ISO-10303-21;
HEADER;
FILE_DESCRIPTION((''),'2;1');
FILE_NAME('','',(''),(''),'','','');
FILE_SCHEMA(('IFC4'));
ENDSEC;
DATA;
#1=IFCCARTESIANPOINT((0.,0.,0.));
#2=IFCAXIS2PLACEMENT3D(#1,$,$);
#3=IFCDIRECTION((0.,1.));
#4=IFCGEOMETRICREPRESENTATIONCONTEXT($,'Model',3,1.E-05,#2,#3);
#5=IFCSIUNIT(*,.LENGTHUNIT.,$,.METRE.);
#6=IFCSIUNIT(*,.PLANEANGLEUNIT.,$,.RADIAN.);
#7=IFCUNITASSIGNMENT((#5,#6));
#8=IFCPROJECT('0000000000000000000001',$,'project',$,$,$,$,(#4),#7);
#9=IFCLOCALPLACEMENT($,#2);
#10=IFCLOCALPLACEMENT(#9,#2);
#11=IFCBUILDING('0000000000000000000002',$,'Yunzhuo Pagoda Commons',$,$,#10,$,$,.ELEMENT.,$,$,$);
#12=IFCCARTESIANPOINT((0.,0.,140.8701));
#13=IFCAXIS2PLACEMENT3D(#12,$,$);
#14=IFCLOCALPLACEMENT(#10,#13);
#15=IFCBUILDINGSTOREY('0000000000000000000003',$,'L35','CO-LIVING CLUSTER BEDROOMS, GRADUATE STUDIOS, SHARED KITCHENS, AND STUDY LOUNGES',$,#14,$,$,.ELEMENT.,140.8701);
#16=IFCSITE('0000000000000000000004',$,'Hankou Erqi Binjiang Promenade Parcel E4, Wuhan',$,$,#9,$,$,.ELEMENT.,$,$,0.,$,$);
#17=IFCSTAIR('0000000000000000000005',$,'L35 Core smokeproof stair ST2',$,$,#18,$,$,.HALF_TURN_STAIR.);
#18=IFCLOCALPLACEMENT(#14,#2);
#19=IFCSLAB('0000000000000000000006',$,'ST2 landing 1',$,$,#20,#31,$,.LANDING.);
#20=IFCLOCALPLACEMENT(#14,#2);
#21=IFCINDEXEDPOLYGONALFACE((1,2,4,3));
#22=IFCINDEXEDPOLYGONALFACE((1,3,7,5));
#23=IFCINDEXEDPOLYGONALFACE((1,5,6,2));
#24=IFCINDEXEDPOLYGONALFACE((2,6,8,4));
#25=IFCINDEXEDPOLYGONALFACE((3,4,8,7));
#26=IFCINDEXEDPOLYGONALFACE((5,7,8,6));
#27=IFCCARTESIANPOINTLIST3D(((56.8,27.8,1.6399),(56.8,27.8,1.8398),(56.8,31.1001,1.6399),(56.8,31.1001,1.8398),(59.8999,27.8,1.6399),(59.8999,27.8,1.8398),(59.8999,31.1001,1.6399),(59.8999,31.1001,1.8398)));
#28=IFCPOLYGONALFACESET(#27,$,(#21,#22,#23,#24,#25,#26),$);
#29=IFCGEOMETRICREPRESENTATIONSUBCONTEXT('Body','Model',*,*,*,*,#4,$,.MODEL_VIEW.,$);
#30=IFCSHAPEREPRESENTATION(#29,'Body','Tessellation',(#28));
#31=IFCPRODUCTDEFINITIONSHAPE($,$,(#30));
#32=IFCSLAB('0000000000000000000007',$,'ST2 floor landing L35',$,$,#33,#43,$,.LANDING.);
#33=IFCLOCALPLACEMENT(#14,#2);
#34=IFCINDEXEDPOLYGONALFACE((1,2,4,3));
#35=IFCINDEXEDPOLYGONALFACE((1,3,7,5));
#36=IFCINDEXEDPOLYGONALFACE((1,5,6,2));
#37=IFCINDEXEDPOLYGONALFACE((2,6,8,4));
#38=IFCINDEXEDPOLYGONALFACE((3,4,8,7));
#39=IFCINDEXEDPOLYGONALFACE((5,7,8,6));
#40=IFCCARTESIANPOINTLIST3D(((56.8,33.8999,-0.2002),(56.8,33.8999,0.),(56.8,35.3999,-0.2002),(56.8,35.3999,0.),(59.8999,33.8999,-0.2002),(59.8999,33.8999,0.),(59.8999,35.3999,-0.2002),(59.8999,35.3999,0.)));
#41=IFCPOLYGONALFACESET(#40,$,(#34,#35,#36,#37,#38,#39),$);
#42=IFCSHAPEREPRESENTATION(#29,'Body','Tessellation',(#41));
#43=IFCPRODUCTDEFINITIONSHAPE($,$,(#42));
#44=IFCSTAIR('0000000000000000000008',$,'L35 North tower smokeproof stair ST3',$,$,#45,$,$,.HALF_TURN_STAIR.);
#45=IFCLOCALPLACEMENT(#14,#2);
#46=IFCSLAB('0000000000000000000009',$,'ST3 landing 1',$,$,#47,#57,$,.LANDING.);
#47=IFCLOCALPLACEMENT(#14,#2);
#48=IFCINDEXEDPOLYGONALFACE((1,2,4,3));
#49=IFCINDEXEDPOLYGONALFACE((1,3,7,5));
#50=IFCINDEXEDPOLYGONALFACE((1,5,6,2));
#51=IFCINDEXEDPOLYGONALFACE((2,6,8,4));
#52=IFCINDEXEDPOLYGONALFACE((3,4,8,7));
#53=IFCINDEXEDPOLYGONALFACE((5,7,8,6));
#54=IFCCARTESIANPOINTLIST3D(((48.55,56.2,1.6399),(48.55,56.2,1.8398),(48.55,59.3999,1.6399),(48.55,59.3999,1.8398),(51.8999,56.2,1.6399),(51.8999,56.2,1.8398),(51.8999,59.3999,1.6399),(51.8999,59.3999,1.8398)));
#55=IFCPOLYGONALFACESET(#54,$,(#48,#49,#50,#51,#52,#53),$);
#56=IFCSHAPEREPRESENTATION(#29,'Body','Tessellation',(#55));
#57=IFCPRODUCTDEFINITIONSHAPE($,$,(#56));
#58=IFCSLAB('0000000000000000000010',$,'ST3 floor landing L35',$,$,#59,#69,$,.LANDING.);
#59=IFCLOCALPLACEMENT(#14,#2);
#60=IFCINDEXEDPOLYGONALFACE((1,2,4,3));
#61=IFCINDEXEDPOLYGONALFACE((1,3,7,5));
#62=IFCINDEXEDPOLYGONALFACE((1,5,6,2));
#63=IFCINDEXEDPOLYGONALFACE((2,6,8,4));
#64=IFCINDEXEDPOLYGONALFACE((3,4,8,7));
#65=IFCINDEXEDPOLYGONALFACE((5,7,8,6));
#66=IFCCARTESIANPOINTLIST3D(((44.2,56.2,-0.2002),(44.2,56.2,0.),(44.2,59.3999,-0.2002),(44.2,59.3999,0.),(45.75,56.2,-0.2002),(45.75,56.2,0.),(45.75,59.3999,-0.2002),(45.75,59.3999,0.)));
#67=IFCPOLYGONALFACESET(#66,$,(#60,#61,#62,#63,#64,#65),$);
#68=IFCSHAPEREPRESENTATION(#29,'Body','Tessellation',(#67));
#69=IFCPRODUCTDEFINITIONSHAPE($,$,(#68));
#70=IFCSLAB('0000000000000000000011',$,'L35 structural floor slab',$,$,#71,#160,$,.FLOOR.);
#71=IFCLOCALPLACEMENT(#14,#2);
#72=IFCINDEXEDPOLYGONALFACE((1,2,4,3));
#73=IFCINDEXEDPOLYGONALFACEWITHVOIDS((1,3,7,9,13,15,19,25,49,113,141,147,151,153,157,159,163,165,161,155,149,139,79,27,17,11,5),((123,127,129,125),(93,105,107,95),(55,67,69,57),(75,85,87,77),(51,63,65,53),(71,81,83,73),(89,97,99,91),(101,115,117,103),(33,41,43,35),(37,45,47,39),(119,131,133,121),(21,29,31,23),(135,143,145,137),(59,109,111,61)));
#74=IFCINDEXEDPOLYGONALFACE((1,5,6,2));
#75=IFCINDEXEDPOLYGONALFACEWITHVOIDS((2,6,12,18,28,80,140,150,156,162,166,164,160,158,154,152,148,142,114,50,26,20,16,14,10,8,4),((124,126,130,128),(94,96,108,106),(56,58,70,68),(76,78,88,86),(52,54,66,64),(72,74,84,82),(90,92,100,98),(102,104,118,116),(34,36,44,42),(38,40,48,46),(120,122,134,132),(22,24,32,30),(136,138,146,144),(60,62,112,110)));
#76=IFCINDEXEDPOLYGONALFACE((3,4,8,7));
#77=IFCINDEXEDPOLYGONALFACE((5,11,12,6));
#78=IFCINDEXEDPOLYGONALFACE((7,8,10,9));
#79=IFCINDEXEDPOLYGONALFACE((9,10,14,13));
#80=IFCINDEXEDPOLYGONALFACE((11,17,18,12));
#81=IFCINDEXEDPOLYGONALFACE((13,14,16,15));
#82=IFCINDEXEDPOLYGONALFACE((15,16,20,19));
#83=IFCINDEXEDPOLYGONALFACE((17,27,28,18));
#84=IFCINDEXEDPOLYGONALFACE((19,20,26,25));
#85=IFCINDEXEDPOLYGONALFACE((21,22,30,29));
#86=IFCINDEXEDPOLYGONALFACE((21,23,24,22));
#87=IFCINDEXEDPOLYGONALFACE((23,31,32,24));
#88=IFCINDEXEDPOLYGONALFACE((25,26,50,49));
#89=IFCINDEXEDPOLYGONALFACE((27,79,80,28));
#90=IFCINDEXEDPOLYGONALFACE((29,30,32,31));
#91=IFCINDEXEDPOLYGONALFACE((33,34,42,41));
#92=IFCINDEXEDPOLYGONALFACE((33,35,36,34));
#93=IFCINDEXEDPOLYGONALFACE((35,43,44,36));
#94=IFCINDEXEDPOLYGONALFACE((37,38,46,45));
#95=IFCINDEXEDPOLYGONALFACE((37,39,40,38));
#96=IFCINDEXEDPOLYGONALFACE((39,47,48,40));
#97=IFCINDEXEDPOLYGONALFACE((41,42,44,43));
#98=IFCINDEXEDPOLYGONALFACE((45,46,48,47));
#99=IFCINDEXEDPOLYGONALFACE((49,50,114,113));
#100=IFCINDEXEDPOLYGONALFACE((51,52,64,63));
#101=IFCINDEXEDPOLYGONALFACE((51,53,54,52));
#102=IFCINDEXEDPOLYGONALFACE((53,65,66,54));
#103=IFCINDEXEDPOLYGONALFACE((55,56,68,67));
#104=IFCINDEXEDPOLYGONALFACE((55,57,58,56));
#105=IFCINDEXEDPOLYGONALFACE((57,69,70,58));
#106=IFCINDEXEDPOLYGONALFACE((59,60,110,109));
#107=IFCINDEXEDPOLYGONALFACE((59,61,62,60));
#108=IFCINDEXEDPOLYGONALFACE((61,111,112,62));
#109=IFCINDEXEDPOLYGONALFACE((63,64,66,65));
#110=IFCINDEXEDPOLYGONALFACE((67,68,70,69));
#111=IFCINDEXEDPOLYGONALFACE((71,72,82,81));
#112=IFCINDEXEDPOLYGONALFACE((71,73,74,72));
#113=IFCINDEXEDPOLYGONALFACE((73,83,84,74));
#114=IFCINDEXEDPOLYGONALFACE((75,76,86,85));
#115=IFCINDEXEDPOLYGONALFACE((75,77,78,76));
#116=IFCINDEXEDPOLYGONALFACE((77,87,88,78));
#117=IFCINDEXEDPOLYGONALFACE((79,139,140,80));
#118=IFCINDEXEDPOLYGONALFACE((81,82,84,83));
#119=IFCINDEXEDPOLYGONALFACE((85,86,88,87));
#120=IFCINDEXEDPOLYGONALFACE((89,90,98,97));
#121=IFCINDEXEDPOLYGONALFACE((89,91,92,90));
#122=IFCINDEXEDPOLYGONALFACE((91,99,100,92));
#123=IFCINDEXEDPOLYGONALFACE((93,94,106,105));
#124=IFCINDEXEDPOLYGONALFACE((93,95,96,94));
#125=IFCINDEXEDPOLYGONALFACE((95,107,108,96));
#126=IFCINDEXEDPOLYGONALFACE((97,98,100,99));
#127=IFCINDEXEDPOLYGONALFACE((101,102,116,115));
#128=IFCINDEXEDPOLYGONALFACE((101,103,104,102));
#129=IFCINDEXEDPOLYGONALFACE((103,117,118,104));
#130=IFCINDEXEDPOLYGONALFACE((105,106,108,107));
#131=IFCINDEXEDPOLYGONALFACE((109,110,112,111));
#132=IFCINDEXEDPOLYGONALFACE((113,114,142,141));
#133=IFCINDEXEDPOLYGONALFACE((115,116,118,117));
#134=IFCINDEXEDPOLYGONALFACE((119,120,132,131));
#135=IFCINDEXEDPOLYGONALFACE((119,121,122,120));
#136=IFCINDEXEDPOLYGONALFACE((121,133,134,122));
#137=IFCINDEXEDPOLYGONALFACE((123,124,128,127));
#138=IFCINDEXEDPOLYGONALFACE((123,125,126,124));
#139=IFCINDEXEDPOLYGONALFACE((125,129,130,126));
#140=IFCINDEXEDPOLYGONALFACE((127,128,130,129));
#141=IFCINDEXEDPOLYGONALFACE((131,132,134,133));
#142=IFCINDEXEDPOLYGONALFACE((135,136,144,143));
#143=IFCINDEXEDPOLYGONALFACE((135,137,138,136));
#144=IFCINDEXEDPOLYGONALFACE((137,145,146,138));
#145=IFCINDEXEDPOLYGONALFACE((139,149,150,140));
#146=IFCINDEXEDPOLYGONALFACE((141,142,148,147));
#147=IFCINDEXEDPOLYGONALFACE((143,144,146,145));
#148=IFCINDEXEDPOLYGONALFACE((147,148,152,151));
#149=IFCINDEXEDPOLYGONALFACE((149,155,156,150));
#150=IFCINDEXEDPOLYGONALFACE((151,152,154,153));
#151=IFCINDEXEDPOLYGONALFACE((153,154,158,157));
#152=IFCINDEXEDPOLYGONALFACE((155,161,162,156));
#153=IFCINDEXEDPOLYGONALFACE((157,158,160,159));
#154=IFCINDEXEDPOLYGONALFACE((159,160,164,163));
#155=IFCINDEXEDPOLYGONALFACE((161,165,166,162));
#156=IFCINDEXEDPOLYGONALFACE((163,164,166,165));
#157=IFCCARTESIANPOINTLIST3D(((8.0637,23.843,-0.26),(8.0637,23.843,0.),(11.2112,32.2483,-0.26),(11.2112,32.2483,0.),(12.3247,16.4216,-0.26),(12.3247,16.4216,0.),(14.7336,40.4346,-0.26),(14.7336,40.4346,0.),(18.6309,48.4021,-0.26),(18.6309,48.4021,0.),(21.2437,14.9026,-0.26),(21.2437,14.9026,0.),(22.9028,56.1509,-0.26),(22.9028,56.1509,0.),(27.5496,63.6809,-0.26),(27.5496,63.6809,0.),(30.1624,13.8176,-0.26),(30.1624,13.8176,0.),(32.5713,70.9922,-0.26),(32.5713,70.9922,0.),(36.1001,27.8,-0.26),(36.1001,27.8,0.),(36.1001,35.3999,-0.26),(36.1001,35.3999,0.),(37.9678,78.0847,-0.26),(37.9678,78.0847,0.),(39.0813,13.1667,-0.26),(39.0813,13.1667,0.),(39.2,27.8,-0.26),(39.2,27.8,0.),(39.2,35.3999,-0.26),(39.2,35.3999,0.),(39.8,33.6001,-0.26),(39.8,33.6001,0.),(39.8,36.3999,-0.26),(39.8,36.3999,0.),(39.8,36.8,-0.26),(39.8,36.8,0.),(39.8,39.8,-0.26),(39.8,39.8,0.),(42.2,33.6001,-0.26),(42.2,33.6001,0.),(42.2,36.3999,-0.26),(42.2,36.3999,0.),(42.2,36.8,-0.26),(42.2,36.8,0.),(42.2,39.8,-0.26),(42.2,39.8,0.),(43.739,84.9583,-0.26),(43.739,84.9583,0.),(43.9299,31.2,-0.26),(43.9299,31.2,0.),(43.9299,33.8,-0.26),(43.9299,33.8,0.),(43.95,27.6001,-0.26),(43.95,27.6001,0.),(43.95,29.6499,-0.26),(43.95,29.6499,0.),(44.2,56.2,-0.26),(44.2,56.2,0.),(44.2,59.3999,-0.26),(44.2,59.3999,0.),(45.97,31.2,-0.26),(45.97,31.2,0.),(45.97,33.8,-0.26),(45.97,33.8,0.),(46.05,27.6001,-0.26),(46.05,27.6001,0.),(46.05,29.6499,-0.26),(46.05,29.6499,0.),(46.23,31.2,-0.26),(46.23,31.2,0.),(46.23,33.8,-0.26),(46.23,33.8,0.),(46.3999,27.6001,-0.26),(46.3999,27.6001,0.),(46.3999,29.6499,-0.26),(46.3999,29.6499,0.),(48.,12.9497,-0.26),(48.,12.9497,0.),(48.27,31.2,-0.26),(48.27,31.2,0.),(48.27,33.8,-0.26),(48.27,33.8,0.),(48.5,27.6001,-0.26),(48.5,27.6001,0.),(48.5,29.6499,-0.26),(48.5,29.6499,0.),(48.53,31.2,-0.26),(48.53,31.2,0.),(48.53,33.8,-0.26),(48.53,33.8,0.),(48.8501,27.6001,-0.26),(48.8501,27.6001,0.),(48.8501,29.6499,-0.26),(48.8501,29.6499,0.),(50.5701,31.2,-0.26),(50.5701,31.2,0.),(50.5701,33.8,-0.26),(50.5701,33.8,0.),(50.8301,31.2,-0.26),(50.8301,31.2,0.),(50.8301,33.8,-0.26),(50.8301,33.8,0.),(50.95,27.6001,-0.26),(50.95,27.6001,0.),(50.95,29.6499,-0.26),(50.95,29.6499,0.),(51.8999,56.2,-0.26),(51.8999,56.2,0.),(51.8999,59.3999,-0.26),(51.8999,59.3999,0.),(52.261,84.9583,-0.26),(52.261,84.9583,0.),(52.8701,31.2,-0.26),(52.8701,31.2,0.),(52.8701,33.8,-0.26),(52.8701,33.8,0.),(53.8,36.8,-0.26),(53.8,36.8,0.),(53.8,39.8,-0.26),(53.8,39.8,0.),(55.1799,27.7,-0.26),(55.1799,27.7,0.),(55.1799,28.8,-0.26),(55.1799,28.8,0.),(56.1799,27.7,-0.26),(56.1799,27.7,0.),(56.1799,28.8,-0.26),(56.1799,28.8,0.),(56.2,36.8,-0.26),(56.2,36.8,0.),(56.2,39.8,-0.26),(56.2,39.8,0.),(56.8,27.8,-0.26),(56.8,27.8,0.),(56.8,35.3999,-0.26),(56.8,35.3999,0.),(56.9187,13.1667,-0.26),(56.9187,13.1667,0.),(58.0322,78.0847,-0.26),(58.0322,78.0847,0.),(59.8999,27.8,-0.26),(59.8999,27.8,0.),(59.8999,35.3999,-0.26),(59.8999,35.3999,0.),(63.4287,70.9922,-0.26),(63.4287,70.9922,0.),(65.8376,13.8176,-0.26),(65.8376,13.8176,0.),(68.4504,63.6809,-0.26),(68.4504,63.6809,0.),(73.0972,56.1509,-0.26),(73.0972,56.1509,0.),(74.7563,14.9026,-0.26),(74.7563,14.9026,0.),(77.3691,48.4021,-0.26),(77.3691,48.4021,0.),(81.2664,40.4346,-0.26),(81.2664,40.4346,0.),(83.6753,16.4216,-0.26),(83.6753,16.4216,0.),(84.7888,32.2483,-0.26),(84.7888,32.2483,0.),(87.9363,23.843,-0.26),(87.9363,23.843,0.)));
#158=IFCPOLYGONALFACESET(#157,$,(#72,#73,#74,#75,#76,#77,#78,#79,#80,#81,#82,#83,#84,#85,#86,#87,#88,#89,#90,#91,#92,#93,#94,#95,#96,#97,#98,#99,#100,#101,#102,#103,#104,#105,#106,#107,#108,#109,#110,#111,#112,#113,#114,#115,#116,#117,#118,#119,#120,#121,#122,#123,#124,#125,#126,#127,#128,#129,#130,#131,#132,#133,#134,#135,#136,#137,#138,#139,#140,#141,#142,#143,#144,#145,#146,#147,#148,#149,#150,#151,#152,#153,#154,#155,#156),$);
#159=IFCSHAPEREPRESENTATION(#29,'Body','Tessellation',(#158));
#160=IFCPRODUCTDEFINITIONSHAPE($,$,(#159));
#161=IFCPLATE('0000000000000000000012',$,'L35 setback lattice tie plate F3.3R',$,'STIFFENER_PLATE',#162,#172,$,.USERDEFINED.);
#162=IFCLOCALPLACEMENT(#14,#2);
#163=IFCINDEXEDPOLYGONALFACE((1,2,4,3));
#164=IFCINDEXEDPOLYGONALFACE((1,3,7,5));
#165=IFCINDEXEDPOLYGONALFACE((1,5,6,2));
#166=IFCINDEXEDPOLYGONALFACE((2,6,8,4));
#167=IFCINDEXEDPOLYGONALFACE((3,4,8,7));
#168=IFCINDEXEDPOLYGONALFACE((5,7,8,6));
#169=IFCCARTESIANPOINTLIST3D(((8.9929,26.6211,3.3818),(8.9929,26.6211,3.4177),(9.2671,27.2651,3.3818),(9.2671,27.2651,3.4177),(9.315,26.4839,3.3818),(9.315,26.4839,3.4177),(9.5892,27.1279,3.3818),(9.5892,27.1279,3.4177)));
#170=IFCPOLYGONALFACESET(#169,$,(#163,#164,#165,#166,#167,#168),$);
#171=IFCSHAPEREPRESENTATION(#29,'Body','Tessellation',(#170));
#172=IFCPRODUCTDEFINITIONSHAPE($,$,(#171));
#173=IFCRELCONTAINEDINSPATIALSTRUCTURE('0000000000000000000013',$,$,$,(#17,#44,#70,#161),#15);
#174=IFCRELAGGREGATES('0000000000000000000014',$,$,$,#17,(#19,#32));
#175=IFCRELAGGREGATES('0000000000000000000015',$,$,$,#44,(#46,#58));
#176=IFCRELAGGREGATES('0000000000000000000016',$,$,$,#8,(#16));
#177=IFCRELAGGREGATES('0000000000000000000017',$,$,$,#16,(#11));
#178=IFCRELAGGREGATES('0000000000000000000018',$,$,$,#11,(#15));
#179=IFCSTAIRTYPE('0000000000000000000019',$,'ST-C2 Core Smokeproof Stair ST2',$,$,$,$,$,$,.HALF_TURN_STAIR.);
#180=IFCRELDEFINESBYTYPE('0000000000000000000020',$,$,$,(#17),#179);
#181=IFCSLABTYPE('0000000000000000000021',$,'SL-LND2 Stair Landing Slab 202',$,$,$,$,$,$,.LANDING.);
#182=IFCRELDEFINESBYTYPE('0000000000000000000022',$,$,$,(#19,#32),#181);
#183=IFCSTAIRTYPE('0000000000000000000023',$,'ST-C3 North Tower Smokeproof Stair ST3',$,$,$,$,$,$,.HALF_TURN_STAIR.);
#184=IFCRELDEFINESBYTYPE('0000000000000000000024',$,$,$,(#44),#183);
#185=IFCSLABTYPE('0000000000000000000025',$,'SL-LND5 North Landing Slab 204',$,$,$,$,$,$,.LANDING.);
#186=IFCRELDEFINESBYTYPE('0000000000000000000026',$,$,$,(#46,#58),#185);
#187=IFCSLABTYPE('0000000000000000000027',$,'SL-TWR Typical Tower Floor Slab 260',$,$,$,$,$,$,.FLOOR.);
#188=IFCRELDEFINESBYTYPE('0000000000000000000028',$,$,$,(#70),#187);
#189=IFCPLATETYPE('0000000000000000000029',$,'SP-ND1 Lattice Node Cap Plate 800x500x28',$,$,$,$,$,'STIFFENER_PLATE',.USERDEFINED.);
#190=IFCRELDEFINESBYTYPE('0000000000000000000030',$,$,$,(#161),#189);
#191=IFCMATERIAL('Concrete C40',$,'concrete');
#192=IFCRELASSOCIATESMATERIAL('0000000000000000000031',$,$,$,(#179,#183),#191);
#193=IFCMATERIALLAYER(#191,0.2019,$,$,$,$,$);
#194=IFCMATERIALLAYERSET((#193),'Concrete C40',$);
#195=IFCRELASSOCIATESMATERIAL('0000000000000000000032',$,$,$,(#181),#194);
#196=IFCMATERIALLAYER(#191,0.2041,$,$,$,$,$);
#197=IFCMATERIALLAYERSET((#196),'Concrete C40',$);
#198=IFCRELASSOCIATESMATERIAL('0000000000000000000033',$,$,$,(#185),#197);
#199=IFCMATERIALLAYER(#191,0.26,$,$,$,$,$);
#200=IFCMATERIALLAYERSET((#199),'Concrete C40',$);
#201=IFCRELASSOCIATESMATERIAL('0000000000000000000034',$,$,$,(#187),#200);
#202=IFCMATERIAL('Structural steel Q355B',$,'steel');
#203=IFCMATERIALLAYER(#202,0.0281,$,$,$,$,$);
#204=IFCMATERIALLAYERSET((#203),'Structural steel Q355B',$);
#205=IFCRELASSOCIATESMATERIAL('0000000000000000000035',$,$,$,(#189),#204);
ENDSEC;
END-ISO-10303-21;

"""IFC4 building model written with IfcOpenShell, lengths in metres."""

from ifc_helpers import new_model, si_unit, direction, frame, origin, origin_2d, place, context, subcontext, project, spatial, polyline, rectangle, outline, extrude, source, transform, mapped, material, layer, layer_set, type_object, element, aggregate, save


model = new_model("IFC4")

# Units and contexts
model_context = context("Model", 3, precision=1e-05, world=origin(), true_north=direction((0.0, 1.0)))
body_context = subcontext(model_context, "Body", "Model", "MODEL_VIEW")
ifc_project = project(units=[si_unit("LENGTHUNIT", "METRE"), si_unit("PLANEANGLEUNIT", "RADIAN")], contexts=[model_context])

# Site, building, storey
site_placement = place(None, origin())
site = spatial("IfcSite", under=ifc_project, at=site_placement, Name="Hankou Erqi Binjiang Promenade Parcel E4, Wuhan", CompositionType="ELEMENT", RefElevation=0.0)
building_placement = place(site_placement, origin())
building = spatial("IfcBuilding", under=site, at=building_placement, Name="Yunzhuo Pagoda Commons", CompositionType="ELEMENT")
storey_placement = place(building_placement, frame((0.0, 0.0, 140.8701)))
storey = spatial("IfcBuildingStorey", under=building, at=storey_placement, Name="L35", Description="CO-LIVING CLUSTER BEDROOMS, GRADUATE STUDIOS, SHARED KITCHENS, AND STUDY LOUNGES", CompositionType="ELEMENT", Elevation=140.8701)

# Shared definitions
ifc_material_1 = material(Name="Structural steel Q355B", Category="steel")

# Shared definitions
ifc_material_2 = material(Name="Concrete C40", Category="concrete")

# Stairs, slabs
stair_type_1 = type_object("IfcStairType", Name="ST-C2 Core Smokeproof Stair ST2", PredefinedType="HALF_TURN_STAIR", material=ifc_material_2)
stair_1_placement = place(storey_placement, origin())
stair_1 = element("IfcStair", 1, at=stair_1_placement, inside=storey, type_object=stair_type_1, Name="L35 Core smokeproof stair ST2", PredefinedType="HALF_TURN_STAIR")
ifc_layer_1 = layer(ifc_material_2, 0.2019)
ifc_layer_set_1 = layer_set([ifc_layer_1], Name="Concrete C40")
slab_type_1 = type_object("IfcSlabType", Name="SL-LND2 Stair Landing Slab 202", PredefinedType="LANDING", material=ifc_layer_set_1)
slab_1_placement = place(storey_placement, frame((0.0, 0.0, 1.6399)))
slab_1 = element("IfcSlab", 2, at=slab_1_placement, type_object=slab_type_1, Name="ST2 landing 1", PredefinedType="LANDING", context=body_context, shape_type="SweptSolid", body=[
    extrude(outline(polyline([(56.8, 31.1001), (56.8, 27.8), (59.8999, 27.8), (59.8999, 31.1001), (56.8, 31.1001)])), origin(), (0.0, 0.0, 1.0), 0.2),
])
slab_2_placement = place(storey_placement, frame((0.0, 0.0, -0.2002)))
slab_2 = element("IfcSlab", 3, at=slab_2_placement, type_object=slab_type_1, Name="ST2 floor landing L35", PredefinedType="LANDING", context=body_context, shape_type="SweptSolid", body=[
    extrude(outline(polyline([(56.8, 35.3999), (56.8, 33.8999), (59.8999, 33.8999), (59.8999, 35.3999), (56.8, 35.3999)])), origin(), (0.0, 0.0, 1.0), 0.2002),
])
aggregate(stair_1, [slab_1, slab_2])
stair_type_2 = type_object("IfcStairType", Name="ST-C3 North Tower Smokeproof Stair ST3", PredefinedType="HALF_TURN_STAIR", material=ifc_material_2)
stair_2_placement = place(storey_placement, origin())
stair_2 = element("IfcStair", 4, at=stair_2_placement, inside=storey, type_object=stair_type_2, Name="L35 North tower smokeproof stair ST3", PredefinedType="HALF_TURN_STAIR")
ifc_layer_2 = layer(ifc_material_2, 0.2041)
ifc_layer_set_2 = layer_set([ifc_layer_2], Name="Concrete C40")
slab_type_2 = type_object("IfcSlabType", Name="SL-LND5 North Landing Slab 204", PredefinedType="LANDING", material=ifc_layer_set_2)
slab_3_placement = place(storey_placement, frame((0.0, 0.0, 1.6399)))
slab_3 = element("IfcSlab", 5, at=slab_3_placement, type_object=slab_type_2, Name="ST3 landing 1", PredefinedType="LANDING", context=body_context, shape_type="SweptSolid", body=[
    extrude(outline(polyline([(48.55, 56.2), (51.8999, 56.2), (51.8999, 59.3999), (48.55, 59.3999), (48.55, 56.2)])), origin(), (0.0, 0.0, 1.0), 0.2),
])
slab_4_placement = place(storey_placement, frame((0.0, 0.0, -0.2002)))
slab_4 = element("IfcSlab", 6, at=slab_4_placement, type_object=slab_type_2, Name="ST3 floor landing L35", PredefinedType="LANDING", context=body_context, shape_type="SweptSolid", body=[
    extrude(outline(polyline([(44.2, 56.2), (45.75, 56.2), (45.75, 59.3999), (44.2, 59.3999), (44.2, 56.2)])), origin(), (0.0, 0.0, 1.0), 0.2002),
])
aggregate(stair_2, [slab_3, slab_4])

# Slab
ifc_layer_3 = layer(ifc_material_2, 0.26)
ifc_layer_set_3 = layer_set([ifc_layer_3], Name="Concrete C40")
slab_type_3 = type_object("IfcSlabType", Name="SL-TWR Typical Tower Floor Slab 260", PredefinedType="FLOOR", material=ifc_layer_set_3)
slab_5_placement = place(storey_placement, frame((0.0, 0.0, -0.26)))
element("IfcSlab", 7, at=slab_5_placement, inside=storey, type_object=slab_type_3, Name="L35 structural floor slab", PredefinedType="FLOOR", context=body_context, shape_type="SweptSolid", body=[
    extrude(outline(polyline([(11.2112, 32.2483), (14.7336, 40.4346), (18.6309, 48.4021), (22.9028, 56.1509), (27.5496, 63.6809), (32.5713, 70.9922), (37.9678, 78.0847), (43.739, 84.9583), (52.261, 84.9583), (58.0322, 78.0847), (63.4287, 70.9922), (68.4504, 63.6809), (73.0972, 56.1509), (77.3691, 48.4021), (81.2664, 40.4346), (84.7888, 32.2483), (87.9363, 23.843), (83.6753, 16.4216), (74.7563, 14.9026), (65.8376, 13.8176), (56.9187, 13.1667), (48.0, 12.9497), (39.0813, 13.1667), (30.1624, 13.8176), (21.2437, 14.9026), (12.3247, 16.4216), (8.0637, 23.843), (11.2112, 32.2483)]), holes=[polyline([(46.05, 29.6499), (43.95, 29.6499), (43.95, 27.6001), (46.05, 27.6001), (46.05, 29.6499)]), polyline([(48.5, 27.6001), (48.5, 29.6499), (46.3999, 29.6499), (46.3999, 27.6001), (48.5, 27.6001)]), polyline([(36.1001, 27.8), (39.2, 27.8), (39.2, 35.3999), (36.1001, 35.3999), (36.1001, 27.8)]), polyline([(45.97, 31.2), (45.97, 33.8), (43.9299, 33.8), (43.9299, 31.2), (45.97, 31.2)]), polyline([(48.27, 31.2), (48.27, 33.8), (46.23, 33.8), (46.23, 31.2), (48.27, 31.2)]), polyline([(42.2, 33.6001), (42.2, 36.3999), (39.8, 36.3999), (39.8, 33.6001), (42.2, 33.6001)]), polyline([(42.2, 36.8), (42.2, 39.8), (39.8, 39.8), (39.8, 36.8), (42.2, 36.8)]), polyline([(56.1799, 28.8), (55.1799, 28.8), (55.1799, 27.7), (56.1799, 27.7), (56.1799, 28.8)]), polyline([(50.95, 27.6001), (50.95, 29.6499), (48.8501, 29.6499), (48.8501, 27.6001), (50.95, 27.6001)]), polyline([(56.8, 27.8), (59.8999, 27.8), (59.8999, 35.3999), (56.8, 35.3999), (56.8, 27.8)]), polyline([(50.5701, 31.2), (50.5701, 33.8), (48.53, 33.8), (48.53, 31.2), (50.5701, 31.2)]), polyline([(52.8701, 31.2), (52.8701, 33.8), (50.8301, 33.8), (50.8301, 31.2), (52.8701, 31.2)]), polyline([(56.2, 36.8), (56.2, 39.8), (53.8, 39.8), (53.8, 36.8), (56.2, 36.8)]), polyline([(51.8999, 56.2), (51.8999, 59.3999), (44.2, 59.3999), (44.2, 56.2), (51.8999, 56.2)])]), origin(), (0.0, 0.0, 1.0), 0.26),
])

# Plate
ifc_layer_4 = layer(ifc_material_1, 0.0281)
ifc_layer_set_4 = layer_set([ifc_layer_4], Name="Structural steel Q355B")
plate_type_1 = type_object("IfcPlateType", Name="SP-ND1 Lattice Node Cap Plate 800x500x28", ElementType="STIFFENER_PLATE", PredefinedType="USERDEFINED", material=ifc_layer_set_4)
shared_shape_1 = source(origin(), body_context, "Body", "SweptSolid", [
    extrude(rectangle(XDim=0.7, YDim=0.3501, at=origin_2d()), origin(), (0.0, 0.0, 1.0), 0.0359),
])
plate_1_placement = place(storey_placement, frame((9.291, 26.8745, 3.3818), z_axis=(0.0, 0.0, 1.0), x_axis=(-0.391743, -0.920075, 0.0)))
element("IfcPlate", 8, at=plate_1_placement, inside=storey, type_object=plate_type_1, Name="L35 setback lattice tie plate F3.3R", ObjectType="STIFFENER_PLATE", PredefinedType="USERDEFINED", context=body_context, shape_type="MappedRepresentation", body=[
    mapped(shared_shape_1, transform((0.0, 0.0, 0.0), scale=1.0)),
])

save(model, "model.ifc")
